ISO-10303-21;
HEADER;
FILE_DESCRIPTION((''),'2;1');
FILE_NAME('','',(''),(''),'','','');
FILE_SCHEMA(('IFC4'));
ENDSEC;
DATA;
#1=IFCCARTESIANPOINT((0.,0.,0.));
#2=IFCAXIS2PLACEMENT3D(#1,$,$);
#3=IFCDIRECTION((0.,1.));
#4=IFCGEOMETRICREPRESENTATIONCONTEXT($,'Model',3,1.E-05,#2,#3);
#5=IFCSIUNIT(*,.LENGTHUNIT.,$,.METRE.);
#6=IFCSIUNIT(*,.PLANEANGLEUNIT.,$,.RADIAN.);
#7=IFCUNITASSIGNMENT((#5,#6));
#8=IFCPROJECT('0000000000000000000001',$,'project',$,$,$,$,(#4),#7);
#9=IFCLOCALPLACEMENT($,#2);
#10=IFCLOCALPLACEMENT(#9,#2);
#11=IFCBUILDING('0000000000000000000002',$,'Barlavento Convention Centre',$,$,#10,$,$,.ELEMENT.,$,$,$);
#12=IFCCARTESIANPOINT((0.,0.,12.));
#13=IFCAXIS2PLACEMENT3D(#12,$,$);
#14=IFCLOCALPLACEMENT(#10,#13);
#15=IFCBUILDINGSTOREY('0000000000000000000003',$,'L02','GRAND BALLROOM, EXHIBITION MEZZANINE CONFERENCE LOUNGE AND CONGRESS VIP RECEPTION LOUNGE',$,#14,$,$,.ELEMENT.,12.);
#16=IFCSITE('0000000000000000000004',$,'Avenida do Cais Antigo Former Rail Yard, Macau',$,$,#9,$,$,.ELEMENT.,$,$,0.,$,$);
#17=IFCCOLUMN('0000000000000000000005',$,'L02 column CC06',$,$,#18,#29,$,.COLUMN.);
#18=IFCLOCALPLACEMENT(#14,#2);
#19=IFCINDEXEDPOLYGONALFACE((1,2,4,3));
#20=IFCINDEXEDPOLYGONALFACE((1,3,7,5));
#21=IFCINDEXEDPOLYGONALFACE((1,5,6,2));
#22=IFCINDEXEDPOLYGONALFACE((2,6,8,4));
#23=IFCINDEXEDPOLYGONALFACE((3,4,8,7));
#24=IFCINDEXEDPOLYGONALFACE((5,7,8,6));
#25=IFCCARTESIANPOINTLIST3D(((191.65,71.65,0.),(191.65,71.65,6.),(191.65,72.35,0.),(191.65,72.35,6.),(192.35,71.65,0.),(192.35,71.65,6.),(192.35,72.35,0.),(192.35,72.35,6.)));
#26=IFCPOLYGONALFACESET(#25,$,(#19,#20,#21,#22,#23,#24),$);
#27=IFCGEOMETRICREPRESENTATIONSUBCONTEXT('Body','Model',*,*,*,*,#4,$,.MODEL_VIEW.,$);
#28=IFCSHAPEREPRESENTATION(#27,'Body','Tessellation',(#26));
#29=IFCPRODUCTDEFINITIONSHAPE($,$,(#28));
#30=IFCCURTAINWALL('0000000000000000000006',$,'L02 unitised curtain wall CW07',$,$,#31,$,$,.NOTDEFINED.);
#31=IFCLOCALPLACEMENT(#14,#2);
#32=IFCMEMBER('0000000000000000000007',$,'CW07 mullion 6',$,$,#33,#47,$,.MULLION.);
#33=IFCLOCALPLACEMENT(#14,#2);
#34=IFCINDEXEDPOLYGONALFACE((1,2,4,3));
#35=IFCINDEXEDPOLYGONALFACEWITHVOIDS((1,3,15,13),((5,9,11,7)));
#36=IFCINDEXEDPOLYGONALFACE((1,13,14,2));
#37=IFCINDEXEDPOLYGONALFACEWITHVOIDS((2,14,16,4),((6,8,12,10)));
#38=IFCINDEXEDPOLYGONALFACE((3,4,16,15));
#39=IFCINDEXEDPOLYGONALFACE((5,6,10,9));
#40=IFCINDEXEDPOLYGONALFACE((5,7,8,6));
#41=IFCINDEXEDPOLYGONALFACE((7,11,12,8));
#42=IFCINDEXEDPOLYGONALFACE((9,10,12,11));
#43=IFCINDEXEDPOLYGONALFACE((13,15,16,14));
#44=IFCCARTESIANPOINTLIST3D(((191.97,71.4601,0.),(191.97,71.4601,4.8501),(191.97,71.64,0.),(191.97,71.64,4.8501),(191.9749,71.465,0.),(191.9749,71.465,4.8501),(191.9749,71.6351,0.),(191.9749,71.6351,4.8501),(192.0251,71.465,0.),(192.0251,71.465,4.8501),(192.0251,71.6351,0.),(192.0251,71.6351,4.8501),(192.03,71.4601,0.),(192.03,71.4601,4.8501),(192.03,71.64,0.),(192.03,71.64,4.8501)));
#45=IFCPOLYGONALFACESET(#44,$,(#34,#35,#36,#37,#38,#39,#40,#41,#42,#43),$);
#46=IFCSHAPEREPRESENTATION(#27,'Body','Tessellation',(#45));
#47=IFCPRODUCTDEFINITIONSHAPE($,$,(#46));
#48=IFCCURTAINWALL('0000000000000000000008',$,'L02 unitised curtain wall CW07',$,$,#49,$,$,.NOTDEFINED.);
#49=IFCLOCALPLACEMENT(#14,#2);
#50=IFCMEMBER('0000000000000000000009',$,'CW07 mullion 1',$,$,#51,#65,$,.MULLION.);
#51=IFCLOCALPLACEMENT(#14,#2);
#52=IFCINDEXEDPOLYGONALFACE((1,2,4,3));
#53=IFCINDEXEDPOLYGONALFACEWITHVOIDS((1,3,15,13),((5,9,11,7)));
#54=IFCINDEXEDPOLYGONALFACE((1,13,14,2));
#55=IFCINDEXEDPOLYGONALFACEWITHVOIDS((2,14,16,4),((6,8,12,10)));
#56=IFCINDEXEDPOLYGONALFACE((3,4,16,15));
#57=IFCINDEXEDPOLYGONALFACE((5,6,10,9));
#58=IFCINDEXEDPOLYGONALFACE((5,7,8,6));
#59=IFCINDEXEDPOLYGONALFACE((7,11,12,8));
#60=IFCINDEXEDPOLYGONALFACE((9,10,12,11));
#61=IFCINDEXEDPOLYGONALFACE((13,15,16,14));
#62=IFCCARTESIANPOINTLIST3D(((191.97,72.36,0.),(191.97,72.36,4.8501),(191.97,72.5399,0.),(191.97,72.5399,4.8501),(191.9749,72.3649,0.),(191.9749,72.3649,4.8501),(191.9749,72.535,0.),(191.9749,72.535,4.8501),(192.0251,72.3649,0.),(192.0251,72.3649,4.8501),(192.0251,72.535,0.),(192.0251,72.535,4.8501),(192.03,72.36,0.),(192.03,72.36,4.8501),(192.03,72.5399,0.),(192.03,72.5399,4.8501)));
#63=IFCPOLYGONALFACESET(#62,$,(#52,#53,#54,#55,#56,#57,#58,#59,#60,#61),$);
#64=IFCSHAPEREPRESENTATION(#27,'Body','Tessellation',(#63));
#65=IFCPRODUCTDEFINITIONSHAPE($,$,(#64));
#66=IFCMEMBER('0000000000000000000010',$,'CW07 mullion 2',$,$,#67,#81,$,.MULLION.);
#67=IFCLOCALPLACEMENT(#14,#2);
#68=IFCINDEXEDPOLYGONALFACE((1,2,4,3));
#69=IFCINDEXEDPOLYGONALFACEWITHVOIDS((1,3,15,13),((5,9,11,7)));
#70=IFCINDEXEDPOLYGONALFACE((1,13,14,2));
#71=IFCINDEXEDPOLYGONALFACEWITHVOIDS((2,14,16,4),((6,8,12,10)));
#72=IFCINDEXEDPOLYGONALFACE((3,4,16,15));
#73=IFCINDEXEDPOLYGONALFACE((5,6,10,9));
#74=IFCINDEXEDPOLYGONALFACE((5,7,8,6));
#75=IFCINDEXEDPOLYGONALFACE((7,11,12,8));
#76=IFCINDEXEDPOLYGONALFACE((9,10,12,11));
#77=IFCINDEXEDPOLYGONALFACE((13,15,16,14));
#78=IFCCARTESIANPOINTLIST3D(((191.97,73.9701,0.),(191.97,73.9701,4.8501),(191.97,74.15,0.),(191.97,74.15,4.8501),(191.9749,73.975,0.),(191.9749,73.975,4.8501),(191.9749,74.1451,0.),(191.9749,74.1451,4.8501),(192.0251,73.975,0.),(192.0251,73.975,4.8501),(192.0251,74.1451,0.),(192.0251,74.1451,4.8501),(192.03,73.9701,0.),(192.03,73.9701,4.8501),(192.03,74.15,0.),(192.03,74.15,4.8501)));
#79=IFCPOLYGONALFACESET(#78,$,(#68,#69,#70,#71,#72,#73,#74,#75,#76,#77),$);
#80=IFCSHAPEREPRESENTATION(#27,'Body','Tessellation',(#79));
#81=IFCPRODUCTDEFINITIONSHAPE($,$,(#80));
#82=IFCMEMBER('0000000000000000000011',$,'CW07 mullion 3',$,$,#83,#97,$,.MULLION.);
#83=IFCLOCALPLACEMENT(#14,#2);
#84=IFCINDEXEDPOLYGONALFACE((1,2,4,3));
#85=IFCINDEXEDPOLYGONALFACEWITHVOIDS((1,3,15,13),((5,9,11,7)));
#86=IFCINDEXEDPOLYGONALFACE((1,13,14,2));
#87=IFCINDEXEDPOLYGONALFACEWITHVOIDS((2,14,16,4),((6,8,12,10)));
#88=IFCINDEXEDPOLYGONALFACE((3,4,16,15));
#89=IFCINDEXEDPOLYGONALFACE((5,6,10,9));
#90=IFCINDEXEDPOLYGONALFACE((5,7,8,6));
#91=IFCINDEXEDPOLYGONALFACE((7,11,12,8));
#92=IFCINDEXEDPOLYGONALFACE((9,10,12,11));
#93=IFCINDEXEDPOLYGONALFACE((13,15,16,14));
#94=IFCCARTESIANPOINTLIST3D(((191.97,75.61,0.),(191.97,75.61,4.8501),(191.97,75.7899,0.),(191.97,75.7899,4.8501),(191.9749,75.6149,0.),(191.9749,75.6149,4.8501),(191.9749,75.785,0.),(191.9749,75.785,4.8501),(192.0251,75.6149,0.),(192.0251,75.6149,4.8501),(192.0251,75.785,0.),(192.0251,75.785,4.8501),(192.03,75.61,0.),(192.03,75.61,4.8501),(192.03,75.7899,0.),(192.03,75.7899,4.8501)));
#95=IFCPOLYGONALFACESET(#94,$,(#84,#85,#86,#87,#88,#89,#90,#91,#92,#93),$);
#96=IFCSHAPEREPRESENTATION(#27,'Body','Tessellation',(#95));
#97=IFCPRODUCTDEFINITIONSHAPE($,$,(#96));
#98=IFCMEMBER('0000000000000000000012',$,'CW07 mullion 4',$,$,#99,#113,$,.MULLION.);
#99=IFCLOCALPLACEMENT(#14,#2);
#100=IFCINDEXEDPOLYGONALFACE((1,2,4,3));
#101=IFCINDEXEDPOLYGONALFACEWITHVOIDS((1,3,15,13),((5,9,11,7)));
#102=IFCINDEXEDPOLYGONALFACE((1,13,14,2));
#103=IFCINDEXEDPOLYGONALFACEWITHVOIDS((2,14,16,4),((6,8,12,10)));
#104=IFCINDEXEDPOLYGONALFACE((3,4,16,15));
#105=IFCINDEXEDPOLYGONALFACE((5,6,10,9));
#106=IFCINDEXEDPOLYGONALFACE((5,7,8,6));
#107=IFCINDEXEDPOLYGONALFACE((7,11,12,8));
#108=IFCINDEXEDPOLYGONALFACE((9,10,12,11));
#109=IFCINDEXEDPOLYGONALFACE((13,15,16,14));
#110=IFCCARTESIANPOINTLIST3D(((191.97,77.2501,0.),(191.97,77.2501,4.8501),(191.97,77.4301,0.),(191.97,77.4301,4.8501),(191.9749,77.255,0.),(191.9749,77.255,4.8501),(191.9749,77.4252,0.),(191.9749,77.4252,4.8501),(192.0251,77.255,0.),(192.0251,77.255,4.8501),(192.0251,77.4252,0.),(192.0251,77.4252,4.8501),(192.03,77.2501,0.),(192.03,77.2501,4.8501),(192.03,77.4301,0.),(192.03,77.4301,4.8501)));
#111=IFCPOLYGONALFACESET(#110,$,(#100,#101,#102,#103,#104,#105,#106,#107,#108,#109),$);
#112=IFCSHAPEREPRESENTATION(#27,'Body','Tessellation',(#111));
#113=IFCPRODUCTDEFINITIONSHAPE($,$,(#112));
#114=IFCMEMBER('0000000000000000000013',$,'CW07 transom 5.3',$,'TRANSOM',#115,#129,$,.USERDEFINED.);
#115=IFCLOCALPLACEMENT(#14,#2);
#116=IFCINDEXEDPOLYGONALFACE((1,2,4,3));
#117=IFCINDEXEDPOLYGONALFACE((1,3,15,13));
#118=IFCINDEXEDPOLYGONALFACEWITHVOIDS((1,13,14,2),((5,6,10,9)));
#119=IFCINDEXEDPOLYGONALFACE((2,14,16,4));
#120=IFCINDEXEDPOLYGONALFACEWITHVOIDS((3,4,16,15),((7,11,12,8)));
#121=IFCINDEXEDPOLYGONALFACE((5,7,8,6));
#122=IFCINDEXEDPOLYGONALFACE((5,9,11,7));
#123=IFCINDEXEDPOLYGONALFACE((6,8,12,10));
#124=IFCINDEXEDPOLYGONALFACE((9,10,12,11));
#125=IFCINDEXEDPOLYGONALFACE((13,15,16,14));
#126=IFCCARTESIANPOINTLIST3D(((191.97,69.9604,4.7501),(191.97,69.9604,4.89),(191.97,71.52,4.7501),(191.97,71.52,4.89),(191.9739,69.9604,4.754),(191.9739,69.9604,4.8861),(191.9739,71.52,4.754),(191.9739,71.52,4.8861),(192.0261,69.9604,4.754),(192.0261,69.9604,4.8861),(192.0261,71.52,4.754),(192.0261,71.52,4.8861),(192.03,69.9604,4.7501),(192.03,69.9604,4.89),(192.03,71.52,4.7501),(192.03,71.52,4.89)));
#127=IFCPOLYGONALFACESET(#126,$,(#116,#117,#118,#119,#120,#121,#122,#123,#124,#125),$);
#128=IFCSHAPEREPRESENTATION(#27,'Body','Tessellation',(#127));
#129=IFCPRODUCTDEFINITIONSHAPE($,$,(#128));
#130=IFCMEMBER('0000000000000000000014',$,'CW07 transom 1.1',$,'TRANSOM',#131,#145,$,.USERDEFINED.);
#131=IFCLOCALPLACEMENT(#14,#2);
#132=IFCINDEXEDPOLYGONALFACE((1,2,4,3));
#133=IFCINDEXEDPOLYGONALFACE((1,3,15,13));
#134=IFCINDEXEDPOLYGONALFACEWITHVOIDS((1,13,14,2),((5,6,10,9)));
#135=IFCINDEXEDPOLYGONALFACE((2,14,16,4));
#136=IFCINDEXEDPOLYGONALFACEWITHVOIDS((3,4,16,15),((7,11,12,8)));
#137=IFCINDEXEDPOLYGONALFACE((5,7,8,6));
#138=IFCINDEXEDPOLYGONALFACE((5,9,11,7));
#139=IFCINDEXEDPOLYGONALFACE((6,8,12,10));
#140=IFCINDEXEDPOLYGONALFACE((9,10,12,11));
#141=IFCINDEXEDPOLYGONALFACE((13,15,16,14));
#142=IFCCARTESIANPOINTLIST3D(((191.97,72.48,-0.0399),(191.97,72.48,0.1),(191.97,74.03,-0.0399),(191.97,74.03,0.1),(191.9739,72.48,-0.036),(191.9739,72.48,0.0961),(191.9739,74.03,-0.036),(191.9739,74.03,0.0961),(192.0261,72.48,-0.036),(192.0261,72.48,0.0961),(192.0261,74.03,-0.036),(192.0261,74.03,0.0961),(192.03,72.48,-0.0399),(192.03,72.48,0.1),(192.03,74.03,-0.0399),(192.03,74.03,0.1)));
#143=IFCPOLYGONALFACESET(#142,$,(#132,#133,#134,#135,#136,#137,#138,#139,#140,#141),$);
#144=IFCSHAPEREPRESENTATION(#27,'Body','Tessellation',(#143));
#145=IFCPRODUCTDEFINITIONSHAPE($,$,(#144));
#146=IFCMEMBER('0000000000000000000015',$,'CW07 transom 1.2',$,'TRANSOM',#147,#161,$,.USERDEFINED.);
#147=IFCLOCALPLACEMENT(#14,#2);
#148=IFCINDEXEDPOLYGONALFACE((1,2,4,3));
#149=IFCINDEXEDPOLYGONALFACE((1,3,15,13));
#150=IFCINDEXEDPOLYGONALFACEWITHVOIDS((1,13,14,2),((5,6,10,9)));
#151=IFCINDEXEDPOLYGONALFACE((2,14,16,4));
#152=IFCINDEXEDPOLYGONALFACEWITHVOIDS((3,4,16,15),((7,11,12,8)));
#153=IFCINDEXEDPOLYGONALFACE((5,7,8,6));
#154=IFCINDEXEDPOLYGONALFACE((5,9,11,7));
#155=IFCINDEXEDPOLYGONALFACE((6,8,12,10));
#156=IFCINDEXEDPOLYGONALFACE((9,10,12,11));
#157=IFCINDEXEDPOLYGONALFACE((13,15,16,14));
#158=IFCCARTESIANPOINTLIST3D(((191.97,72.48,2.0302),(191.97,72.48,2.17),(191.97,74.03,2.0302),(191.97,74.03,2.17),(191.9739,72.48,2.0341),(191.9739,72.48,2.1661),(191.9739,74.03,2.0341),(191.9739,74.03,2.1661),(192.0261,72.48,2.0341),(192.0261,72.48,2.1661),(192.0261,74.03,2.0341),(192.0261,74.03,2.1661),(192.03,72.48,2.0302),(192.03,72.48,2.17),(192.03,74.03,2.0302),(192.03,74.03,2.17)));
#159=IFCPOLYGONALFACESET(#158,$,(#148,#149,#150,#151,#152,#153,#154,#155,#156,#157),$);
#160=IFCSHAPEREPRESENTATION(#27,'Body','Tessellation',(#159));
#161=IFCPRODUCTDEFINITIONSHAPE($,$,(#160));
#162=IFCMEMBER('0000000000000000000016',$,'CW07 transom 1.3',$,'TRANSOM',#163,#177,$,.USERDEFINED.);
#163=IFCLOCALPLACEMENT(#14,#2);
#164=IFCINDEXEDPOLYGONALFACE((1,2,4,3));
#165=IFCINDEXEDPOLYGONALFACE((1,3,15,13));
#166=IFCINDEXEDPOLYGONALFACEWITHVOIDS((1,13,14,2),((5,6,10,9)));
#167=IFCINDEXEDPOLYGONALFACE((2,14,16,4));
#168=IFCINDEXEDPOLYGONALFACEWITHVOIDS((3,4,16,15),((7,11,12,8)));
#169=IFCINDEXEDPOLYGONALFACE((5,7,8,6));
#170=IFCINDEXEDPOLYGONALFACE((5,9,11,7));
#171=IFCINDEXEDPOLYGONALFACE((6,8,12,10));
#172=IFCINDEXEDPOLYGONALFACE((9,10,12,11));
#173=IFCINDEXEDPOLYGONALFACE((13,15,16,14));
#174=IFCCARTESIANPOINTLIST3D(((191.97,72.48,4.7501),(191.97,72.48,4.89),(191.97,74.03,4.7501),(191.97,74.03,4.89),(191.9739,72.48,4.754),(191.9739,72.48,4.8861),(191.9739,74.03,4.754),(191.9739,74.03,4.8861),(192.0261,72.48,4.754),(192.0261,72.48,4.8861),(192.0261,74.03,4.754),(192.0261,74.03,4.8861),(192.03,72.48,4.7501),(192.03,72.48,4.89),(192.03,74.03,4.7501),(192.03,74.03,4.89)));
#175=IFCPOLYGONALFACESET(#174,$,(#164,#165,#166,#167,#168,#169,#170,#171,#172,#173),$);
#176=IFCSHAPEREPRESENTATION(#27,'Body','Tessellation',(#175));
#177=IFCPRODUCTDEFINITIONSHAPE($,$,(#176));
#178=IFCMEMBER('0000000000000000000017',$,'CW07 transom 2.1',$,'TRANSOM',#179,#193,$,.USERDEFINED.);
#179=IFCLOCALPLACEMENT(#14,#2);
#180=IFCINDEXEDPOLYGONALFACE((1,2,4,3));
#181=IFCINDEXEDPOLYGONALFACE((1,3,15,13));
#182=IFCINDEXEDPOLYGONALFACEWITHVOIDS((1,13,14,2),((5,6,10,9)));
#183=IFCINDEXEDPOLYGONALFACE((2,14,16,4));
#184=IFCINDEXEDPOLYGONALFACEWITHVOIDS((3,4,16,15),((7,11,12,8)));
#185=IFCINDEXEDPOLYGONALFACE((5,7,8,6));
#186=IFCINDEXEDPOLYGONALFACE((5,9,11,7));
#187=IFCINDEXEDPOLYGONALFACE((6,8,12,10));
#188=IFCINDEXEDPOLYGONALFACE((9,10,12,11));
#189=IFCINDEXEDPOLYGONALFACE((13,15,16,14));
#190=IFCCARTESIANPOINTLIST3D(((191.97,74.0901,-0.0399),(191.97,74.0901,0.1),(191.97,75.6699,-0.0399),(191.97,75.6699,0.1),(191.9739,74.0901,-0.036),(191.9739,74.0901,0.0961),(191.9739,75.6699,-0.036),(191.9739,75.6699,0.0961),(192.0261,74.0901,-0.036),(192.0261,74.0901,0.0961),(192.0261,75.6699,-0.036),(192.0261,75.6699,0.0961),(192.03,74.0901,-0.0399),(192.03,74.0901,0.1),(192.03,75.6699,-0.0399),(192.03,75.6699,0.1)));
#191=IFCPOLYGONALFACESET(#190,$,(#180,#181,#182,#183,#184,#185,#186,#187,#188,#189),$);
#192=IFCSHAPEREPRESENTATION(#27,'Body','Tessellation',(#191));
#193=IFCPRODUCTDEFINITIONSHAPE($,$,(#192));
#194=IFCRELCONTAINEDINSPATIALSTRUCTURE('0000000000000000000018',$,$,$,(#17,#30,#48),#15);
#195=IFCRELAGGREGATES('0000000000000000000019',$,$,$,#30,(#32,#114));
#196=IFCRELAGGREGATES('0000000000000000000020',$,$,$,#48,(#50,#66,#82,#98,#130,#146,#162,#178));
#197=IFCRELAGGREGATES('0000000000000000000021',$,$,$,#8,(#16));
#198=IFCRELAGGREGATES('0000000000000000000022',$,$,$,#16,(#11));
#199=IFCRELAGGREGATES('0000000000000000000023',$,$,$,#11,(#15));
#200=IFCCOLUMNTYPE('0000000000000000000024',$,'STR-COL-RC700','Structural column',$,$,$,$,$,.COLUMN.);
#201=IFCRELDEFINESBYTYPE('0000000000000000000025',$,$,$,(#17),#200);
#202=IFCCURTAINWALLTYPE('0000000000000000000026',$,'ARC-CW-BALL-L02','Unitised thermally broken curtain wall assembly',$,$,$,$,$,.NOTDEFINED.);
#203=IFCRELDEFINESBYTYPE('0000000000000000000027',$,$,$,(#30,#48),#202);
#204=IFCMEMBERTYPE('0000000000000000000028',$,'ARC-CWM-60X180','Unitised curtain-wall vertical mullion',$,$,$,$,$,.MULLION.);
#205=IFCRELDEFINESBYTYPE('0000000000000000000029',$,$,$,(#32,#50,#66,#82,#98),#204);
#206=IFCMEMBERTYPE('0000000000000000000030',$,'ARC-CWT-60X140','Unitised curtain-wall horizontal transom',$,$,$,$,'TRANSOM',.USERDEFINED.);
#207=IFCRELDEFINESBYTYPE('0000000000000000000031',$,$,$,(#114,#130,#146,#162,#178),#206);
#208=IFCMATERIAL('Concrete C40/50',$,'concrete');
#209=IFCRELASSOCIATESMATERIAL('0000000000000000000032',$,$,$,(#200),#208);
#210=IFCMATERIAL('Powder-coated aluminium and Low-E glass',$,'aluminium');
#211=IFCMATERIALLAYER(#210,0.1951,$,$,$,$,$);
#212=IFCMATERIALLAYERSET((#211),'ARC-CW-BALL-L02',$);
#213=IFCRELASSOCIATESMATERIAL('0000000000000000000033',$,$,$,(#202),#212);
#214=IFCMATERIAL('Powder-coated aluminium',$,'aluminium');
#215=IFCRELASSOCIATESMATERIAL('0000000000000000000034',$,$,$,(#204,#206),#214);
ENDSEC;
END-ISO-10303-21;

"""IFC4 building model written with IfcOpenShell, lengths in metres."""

from ifc_helpers import new_model, si_unit, direction, frame, origin, origin_2d, place, context, subcontext, project, spatial, rectangle, hollow_rectangle, extrude, material, layer, layer_set, material_profile, profile_set, type_object, element, aggregate, save


model = new_model("IFC4")

# Units and contexts
model_context = context("Model", 3, precision=1e-05, world=origin(), true_north=direction((0.0, 1.0)))
body_context = subcontext(model_context, "Body", "Model", "MODEL_VIEW")
ifc_project = project(units=[si_unit("LENGTHUNIT", "METRE"), si_unit("PLANEANGLEUNIT", "RADIAN")], contexts=[model_context])

# Site, building, storey
site_placement = place(None, origin())
site = spatial("IfcSite", under=ifc_project, at=site_placement, Name="Avenida do Cais Antigo Former Rail Yard, Macau", CompositionType="ELEMENT", RefElevation=0.0)
building_placement = place(site_placement, origin())
building = spatial("IfcBuilding", under=site, at=building_placement, Name="Barlavento Convention Centre", CompositionType="ELEMENT")
storey_placement = place(building_placement, frame((0.0, 0.0, 12.0)))
storey = spatial("IfcBuildingStorey", under=building, at=storey_placement, Name="L02", Description="GRAND BALLROOM, EXHIBITION MEZZANINE CONFERENCE LOUNGE AND CONGRESS VIP RECEPTION LOUNGE", CompositionType="ELEMENT", Elevation=12.0)

# Column
ifc_material_1 = material(Name="Concrete C40/50", Category="concrete")
ifc_material_profile_1 = material_profile(ifc_material_1, rectangle(XDim=0.7, YDim=0.7, at=origin_2d()), Name="RC 700x700")
ifc_profile_set_1 = profile_set([ifc_material_profile_1], Name="Concrete C40/50")
column_type = type_object("IfcColumnType", Name="STR-COL-RC700", Description="Structural column", PredefinedType="COLUMN", material=ifc_profile_set_1)
column_placement = place(storey_placement, frame((192.0, 72.0, 0.0), z_axis=(0.0, 0.0, 1.0), x_axis=(1.0, 0.0, 0.0)))
element("IfcColumn", 1, at=column_placement, inside=storey, type_object=column_type, Name="L02 column CC06", PredefinedType="COLUMN", context=body_context, shape_type="SweptSolid", body=[
    extrude(rectangle(XDim=0.7, YDim=0.7, at=origin_2d()), origin(), (0.0, 0.0, 1.0), 6.0),
])

# Curtain wall, member
ifc_material_2 = material(Name="Powder-coated aluminium and Low-E glass", Category="aluminium")
ifc_layer_1 = layer(ifc_material_2, 0.1951)
ifc_layer_set_1 = layer_set([ifc_layer_1], Name="ARC-CW-BALL-L02")
curtain_wall_type = type_object("IfcCurtainWallType", Name="ARC-CW-BALL-L02", Description="Unitised thermally broken curtain wall assembly", PredefinedType="NOTDEFINED", material=ifc_layer_set_1)
curtain_wall_1_placement = place(storey_placement, origin())
curtain_wall_1 = element("IfcCurtainWall", 2, at=curtain_wall_1_placement, inside=storey, type_object=curtain_wall_type, Name="L02 unitised curtain wall CW07", PredefinedType="NOTDEFINED")
ifc_material_3 = material(Name="Powder-coated aluminium", Category="aluminium")
ifc_material_profile_2 = material_profile(ifc_material_3, hollow_rectangle(XDim=0.0601, YDim=0.1799, WallThickness=0.0049, at=origin_2d()), Name="AL-MULL 60x180x5")
ifc_profile_set_2 = profile_set([ifc_material_profile_2], Name="Powder-coated aluminium")
member_type_1 = type_object("IfcMemberType", Name="ARC-CWM-60X180", Description="Unitised curtain-wall vertical mullion", PredefinedType="MULLION", material=ifc_profile_set_2)
member_1_placement = place(storey_placement, frame((192.0, 71.55, 0.0), z_axis=(0.0, 0.0, 1.0), x_axis=(-1.0, 0.0, 0.0)))
member_1 = element("IfcMember", 3, at=member_1_placement, type_object=member_type_1, Name="CW07 mullion 6", PredefinedType="MULLION", context=body_context, shape_type="SweptSolid", body=[
    extrude(hollow_rectangle(XDim=0.0601, YDim=0.1799, WallThickness=0.0049, at=origin_2d()), origin(), (0.0, 0.0, 1.0), 4.8501),
])

# Curtain wall, members
curtain_wall_2_placement = place(storey_placement, origin())
curtain_wall_2 = element("IfcCurtainWall", 4, at=curtain_wall_2_placement, inside=storey, type_object=curtain_wall_type, Name="L02 unitised curtain wall CW07", PredefinedType="NOTDEFINED")
member_2_placement = place(storey_placement, frame((192.0, 72.45, 0.0), z_axis=(0.0, 0.0, 1.0), x_axis=(-1.0, 0.0, 0.0)))
member_2 = element("IfcMember", 5, at=member_2_placement, type_object=member_type_1, Name="CW07 mullion 1", PredefinedType="MULLION", context=body_context, shape_type="SweptSolid", body=[
    extrude(hollow_rectangle(XDim=0.0601, YDim=0.1799, WallThickness=0.0049, at=origin_2d()), origin(), (0.0, 0.0, 1.0), 4.8501),
])
member_3_placement = place(storey_placement, frame((192.0, 74.0601, 0.0), z_axis=(0.0, 0.0, 1.0), x_axis=(-1.0, 0.0, 0.0)))
member_3 = element("IfcMember", 6, at=member_3_placement, type_object=member_type_1, Name="CW07 mullion 2", PredefinedType="MULLION", context=body_context, shape_type="SweptSolid", body=[
    extrude(hollow_rectangle(XDim=0.0601, YDim=0.1799, WallThickness=0.0049, at=origin_2d()), origin(), (0.0, 0.0, 1.0), 4.8501),
])
member_4_placement = place(storey_placement, frame((192.0, 75.7, 0.0), z_axis=(0.0, 0.0, 1.0), x_axis=(-1.0, 0.0, 0.0)))
member_4 = element("IfcMember", 7, at=member_4_placement, type_object=member_type_1, Name="CW07 mullion 3", PredefinedType="MULLION", context=body_context, shape_type="SweptSolid", body=[
    extrude(hollow_rectangle(XDim=0.0601, YDim=0.1799, WallThickness=0.0049, at=origin_2d()), origin(), (0.0, 0.0, 1.0), 4.8501),
])
member_5_placement = place(storey_placement, frame((192.0, 77.3401, 0.0), z_axis=(0.0, 0.0, 1.0), x_axis=(-1.0, 0.0, 0.0)))
member_5 = element("IfcMember", 8, at=member_5_placement, type_object=member_type_1, Name="CW07 mullion 4", PredefinedType="MULLION", context=body_context, shape_type="SweptSolid", body=[
    extrude(hollow_rectangle(XDim=0.0601, YDim=0.1799, WallThickness=0.0049, at=origin_2d()), origin(), (0.0, 0.0, 1.0), 4.8501),
])

# Members
ifc_material_profile_3 = material_profile(ifc_material_3, hollow_rectangle(XDim=0.0601, YDim=0.1399, WallThickness=0.0039, at=origin_2d()), Name="AL-TRAN 60x140x4")
ifc_profile_set_3 = profile_set([ifc_material_profile_3], Name="Powder-coated aluminium")
member_type_2 = type_object("IfcMemberType", Name="ARC-CWT-60X140", Description="Unitised curtain-wall horizontal transom", ElementType="TRANSOM", PredefinedType="USERDEFINED", material=ifc_profile_set_3)
member_6_placement = place(storey_placement, frame((192.0, 69.9604, 4.8201), z_axis=(0.0, 1.0, 0.0), x_axis=(-1.0, 0.0, 0.0)))
member_6 = element("IfcMember", 9, at=member_6_placement, type_object=member_type_2, Name="CW07 transom 5.3", ObjectType="TRANSOM", PredefinedType="USERDEFINED", context=body_context, shape_type="SweptSolid", body=[
    extrude(hollow_rectangle(XDim=0.0601, YDim=0.1399, WallThickness=0.0039, at=origin_2d()), origin(), (0.0, 0.0, 1.0), 1.5596),
])
member_7_placement = place(storey_placement, frame((192.0, 72.48, 0.03), z_axis=(0.0, 1.0, 0.0), x_axis=(-1.0, 0.0, 0.0)))
member_7 = element("IfcMember", 10, at=member_7_placement, type_object=member_type_2, Name="CW07 transom 1.1", ObjectType="TRANSOM", PredefinedType="USERDEFINED", context=body_context, shape_type="SweptSolid", body=[
    extrude(hollow_rectangle(XDim=0.0601, YDim=0.1399, WallThickness=0.0039, at=origin_2d()), origin(), (0.0, 0.0, 1.0), 1.55),
])
member_8_placement = place(storey_placement, frame((192.0, 72.48, 2.1001), z_axis=(0.0, 1.0, 0.0), x_axis=(-1.0, 0.0, 0.0)))
member_8 = element("IfcMember", 11, at=member_8_placement, type_object=member_type_2, Name="CW07 transom 1.2", ObjectType="TRANSOM", PredefinedType="USERDEFINED", context=body_context, shape_type="SweptSolid", body=[
    extrude(hollow_rectangle(XDim=0.0601, YDim=0.1399, WallThickness=0.0039, at=origin_2d()), origin(), (0.0, 0.0, 1.0), 1.55),
])
member_9_placement = place(storey_placement, frame((192.0, 72.48, 4.8201), z_axis=(0.0, 1.0, 0.0), x_axis=(-1.0, 0.0, 0.0)))
member_9 = element("IfcMember", 12, at=member_9_placement, type_object=member_type_2, Name="CW07 transom 1.3", ObjectType="TRANSOM", PredefinedType="USERDEFINED", context=body_context, shape_type="SweptSolid", body=[
    extrude(hollow_rectangle(XDim=0.0601, YDim=0.1399, WallThickness=0.0039, at=origin_2d()), origin(), (0.0, 0.0, 1.0), 1.55),
])
member_10_placement = place(storey_placement, frame((192.0, 74.0901, 0.03), z_axis=(0.0, 1.0, 0.0), x_axis=(-1.0, 0.0, 0.0)))
member_10 = element("IfcMember", 13, at=member_10_placement, type_object=member_type_2, Name="CW07 transom 2.1", ObjectType="TRANSOM", PredefinedType="USERDEFINED", context=body_context, shape_type="SweptSolid", body=[
    extrude(hollow_rectangle(XDim=0.0601, YDim=0.1399, WallThickness=0.0039, at=origin_2d()), origin(), (0.0, 0.0, 1.0), 1.5798),
])

aggregate(curtain_wall_1, [member_1, member_6])
aggregate(curtain_wall_2, [member_2, member_3, member_4, member_5, member_7, member_8, member_9, member_10])

save(model, "model.ifc")
